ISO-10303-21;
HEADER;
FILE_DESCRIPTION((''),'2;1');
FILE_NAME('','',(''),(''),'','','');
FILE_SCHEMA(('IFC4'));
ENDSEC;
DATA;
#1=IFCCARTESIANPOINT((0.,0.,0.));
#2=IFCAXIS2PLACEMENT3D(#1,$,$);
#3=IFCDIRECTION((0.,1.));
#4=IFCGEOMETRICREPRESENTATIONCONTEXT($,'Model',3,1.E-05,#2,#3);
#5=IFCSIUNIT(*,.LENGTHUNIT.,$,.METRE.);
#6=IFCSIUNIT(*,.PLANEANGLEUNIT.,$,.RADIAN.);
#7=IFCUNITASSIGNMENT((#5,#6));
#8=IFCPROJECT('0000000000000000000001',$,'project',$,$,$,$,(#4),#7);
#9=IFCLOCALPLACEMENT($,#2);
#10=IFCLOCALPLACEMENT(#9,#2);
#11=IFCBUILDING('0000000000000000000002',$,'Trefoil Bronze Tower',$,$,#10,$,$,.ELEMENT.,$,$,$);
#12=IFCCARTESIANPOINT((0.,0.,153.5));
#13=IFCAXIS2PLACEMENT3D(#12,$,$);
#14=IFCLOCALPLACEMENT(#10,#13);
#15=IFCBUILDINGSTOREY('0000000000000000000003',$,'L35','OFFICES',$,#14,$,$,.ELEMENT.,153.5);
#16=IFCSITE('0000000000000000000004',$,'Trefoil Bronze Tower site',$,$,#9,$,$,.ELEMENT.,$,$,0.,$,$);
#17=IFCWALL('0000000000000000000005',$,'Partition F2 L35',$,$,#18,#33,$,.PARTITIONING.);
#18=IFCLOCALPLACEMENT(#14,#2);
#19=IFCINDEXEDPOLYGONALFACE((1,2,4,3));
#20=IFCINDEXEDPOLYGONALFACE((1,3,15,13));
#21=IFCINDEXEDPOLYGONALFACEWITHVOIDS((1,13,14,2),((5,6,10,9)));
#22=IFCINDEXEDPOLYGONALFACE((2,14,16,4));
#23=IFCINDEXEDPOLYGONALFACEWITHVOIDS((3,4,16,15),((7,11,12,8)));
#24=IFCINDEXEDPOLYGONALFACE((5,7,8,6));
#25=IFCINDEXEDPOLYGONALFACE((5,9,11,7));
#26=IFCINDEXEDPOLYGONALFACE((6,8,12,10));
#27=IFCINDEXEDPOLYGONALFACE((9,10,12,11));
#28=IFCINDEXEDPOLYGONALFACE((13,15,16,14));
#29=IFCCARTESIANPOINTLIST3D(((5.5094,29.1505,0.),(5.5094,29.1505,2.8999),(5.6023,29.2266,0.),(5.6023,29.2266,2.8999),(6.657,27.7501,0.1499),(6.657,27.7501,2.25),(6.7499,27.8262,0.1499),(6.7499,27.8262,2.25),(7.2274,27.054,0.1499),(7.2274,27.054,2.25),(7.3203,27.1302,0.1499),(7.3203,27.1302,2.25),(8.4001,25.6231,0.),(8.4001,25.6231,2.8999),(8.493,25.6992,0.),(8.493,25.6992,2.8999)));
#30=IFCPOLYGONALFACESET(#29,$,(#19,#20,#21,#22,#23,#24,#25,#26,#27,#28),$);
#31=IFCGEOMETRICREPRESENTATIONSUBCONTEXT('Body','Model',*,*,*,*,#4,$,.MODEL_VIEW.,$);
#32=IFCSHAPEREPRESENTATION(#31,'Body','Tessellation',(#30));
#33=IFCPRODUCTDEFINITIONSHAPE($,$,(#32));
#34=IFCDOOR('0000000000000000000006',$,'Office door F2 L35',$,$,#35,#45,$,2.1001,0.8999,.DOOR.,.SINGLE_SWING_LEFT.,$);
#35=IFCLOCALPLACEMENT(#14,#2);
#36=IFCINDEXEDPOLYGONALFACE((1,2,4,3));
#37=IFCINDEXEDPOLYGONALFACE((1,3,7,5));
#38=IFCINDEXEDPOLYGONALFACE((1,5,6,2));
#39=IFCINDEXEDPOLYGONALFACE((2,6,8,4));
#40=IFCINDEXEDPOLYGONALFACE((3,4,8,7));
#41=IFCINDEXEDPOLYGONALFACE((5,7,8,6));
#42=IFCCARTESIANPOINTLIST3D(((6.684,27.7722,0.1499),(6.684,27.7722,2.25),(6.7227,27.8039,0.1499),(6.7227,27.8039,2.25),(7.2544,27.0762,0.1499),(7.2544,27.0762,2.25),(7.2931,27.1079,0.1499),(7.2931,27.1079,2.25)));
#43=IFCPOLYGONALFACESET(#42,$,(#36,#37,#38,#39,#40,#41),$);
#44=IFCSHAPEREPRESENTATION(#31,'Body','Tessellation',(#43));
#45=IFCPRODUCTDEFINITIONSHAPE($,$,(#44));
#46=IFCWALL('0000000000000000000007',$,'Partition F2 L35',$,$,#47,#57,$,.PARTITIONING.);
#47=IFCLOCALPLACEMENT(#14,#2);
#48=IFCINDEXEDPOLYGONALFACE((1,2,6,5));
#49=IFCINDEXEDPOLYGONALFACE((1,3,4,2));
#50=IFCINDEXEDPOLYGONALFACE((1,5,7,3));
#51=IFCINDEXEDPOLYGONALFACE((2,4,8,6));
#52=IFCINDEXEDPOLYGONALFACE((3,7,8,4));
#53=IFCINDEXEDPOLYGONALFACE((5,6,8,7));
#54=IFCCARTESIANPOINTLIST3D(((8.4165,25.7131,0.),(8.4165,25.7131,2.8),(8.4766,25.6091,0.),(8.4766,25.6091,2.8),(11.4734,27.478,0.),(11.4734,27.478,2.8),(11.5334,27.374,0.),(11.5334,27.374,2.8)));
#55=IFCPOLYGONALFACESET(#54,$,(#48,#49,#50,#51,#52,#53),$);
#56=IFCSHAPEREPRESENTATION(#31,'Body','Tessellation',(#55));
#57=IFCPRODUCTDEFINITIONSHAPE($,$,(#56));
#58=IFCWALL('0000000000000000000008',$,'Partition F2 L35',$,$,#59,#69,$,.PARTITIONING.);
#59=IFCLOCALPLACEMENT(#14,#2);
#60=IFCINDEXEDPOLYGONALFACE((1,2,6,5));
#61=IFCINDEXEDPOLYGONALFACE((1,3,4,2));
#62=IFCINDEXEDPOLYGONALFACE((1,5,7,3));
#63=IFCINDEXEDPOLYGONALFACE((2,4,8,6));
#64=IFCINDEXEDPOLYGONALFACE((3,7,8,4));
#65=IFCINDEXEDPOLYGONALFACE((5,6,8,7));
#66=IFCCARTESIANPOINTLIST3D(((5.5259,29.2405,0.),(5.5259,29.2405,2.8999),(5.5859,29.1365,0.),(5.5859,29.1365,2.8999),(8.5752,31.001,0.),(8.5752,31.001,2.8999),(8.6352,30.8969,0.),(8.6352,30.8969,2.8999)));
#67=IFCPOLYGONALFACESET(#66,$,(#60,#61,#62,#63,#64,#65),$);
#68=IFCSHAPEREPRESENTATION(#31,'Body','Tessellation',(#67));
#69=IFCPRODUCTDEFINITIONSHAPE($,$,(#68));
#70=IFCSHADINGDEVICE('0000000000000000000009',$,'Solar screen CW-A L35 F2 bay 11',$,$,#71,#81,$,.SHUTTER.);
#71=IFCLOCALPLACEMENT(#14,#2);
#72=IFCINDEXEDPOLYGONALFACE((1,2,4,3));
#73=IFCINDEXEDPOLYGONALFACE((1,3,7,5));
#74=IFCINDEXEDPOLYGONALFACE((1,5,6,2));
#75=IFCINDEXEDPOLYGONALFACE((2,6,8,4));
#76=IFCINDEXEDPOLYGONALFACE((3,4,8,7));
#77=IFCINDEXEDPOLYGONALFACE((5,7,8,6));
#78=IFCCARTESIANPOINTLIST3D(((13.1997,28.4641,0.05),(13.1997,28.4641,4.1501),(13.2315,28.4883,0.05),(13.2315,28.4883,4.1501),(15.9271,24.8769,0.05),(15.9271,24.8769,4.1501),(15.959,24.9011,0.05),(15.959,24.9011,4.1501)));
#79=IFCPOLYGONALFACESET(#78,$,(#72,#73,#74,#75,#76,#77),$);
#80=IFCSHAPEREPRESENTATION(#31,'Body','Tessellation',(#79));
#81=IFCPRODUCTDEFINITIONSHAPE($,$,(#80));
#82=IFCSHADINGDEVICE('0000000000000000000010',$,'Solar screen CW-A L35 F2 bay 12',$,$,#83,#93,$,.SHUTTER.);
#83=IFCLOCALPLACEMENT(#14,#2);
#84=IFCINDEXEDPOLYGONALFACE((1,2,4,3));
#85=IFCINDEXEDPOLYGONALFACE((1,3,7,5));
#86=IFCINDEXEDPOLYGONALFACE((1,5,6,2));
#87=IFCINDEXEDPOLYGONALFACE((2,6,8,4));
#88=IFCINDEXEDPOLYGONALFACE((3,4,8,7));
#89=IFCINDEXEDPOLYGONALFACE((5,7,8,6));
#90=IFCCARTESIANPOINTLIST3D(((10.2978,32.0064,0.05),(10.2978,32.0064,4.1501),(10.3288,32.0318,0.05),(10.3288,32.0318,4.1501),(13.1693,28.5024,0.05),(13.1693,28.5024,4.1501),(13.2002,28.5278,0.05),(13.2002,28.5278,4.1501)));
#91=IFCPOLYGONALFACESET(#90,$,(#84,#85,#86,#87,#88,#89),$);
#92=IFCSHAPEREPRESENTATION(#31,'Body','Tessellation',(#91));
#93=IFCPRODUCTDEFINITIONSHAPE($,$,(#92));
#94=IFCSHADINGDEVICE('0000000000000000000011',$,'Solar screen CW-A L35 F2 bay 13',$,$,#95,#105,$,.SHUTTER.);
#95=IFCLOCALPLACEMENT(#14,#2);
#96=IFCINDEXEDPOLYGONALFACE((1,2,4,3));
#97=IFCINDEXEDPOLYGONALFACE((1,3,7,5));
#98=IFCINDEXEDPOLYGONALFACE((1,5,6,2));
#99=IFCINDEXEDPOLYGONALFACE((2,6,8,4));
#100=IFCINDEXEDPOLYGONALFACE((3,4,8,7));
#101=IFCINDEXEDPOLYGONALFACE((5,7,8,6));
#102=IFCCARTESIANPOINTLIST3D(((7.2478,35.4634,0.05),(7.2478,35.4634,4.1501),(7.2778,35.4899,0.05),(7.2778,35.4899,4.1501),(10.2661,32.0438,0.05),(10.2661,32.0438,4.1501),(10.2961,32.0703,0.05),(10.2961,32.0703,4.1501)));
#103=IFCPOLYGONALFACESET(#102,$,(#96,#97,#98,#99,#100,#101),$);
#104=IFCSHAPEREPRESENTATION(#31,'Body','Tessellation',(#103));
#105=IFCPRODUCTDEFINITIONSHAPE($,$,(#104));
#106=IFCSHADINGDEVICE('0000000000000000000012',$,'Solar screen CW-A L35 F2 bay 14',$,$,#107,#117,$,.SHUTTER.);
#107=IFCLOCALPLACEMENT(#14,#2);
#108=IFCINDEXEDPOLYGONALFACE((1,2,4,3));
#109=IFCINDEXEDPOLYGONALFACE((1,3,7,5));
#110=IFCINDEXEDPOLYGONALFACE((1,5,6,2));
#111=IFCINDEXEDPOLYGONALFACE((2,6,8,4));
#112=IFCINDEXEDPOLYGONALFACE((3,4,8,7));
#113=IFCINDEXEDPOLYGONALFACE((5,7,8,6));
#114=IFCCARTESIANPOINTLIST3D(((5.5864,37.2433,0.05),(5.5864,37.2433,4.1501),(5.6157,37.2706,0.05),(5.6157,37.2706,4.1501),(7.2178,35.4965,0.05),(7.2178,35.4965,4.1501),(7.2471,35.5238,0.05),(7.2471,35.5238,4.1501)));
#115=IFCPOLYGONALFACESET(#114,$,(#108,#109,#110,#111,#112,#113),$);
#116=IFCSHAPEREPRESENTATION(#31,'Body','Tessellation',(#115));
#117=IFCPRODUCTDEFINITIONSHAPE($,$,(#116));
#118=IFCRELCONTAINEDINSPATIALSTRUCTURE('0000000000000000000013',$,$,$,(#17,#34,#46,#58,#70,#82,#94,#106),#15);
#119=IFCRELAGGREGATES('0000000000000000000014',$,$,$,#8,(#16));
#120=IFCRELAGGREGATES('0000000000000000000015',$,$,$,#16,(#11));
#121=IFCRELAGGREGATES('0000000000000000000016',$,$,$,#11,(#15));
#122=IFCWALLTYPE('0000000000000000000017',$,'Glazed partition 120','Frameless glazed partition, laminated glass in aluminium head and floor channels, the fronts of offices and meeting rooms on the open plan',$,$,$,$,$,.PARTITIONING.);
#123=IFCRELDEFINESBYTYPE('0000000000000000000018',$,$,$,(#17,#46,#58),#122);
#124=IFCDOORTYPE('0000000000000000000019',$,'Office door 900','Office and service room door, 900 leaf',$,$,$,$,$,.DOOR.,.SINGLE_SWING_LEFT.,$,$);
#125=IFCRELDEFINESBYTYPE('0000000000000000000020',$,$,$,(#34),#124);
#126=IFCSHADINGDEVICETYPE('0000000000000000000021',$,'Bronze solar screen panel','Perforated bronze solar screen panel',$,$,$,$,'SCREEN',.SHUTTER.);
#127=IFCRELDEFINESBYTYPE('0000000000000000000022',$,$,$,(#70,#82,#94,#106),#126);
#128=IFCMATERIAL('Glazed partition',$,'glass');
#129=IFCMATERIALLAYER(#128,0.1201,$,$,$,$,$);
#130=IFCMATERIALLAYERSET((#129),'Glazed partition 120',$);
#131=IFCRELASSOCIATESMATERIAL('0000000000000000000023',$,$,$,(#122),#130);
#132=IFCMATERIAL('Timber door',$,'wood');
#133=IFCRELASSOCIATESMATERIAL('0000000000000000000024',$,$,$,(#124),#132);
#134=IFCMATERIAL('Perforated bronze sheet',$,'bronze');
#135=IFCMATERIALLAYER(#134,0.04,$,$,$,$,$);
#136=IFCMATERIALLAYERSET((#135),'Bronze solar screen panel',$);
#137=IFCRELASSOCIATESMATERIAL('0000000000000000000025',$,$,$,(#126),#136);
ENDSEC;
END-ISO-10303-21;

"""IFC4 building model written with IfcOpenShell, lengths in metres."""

from ifc_helpers import new_model, si_unit, direction, frame, frame_2d, origin, origin_2d, place, context, subcontext, project, spatial, rectangle, extrude, material, layer, layer_set, type_object, element, fill, save


model = new_model("IFC4")

# Units and contexts
model_context = context("Model", 3, precision=1e-05, world=origin(), true_north=direction((0.0, 1.0)))
body_context = subcontext(model_context, "Body", "Model", "MODEL_VIEW")
ifc_project = project(units=[si_unit("LENGTHUNIT", "METRE"), si_unit("PLANEANGLEUNIT", "RADIAN")], contexts=[model_context])

# Site, building, storey
site_placement = place(None, origin())
site = spatial("IfcSite", under=ifc_project, at=site_placement, Name="Trefoil Bronze Tower site", CompositionType="ELEMENT", RefElevation=0.0)
building_placement = place(site_placement, origin())
building = spatial("IfcBuilding", under=site, at=building_placement, Name="Trefoil Bronze Tower", CompositionType="ELEMENT")
storey_placement = place(building_placement, frame((0.0, 0.0, 153.5)))
storey = spatial("IfcBuildingStorey", under=building, at=storey_placement, Name="L35", Description="OFFICES", CompositionType="ELEMENT", Elevation=153.5)

# Wall, opening, door
ifc_material_1 = material(Name="Glazed partition", Category="glass")
ifc_layer_1 = layer(ifc_material_1, 0.1201)
ifc_layer_set_1 = layer_set([ifc_layer_1], Name="Glazed partition 120")
wall_type = type_object("IfcWallType", Name="Glazed partition 120", Description="Frameless glazed partition, laminated glass in aluminium head and floor channels, the fronts of offices and meeting rooms on the open plan", PredefinedType="PARTITIONING", material=ifc_layer_set_1)
wall_1_placement = place(storey_placement, frame((8.4465, 25.6611, 0.0), z_axis=(0.0, 0.0, 1.0), x_axis=(-0.633844, 0.773461, 0.0)))
wall_1 = element("IfcWall", 1, at=wall_1_placement, inside=storey, type_object=wall_type, Name="Partition F2 L35", PredefinedType="PARTITIONING", context=body_context, shape_type="SweptSolid", body=[
    extrude(rectangle(XDim=4.5605, YDim=0.1201, at=frame_2d((2.2803, 0.0))), origin(), (0.0, 0.0, 1.0), 2.8999),
])
opening_placement = place(wall_1_placement, frame((1.8501, 0.0, 0.1499)))
opening = element("IfcOpeningElement", 2, at=opening_placement, cuts=wall_1, PredefinedType="OPENING", context=body_context, shape_type="SweptSolid", body=[
    extrude(rectangle(XDim=0.8999, YDim=2.1001, at=frame_2d((0.45, 1.05))), frame((0.0, 0.0701, 0.0), z_axis=(0.0, -1.0, 0.0), x_axis=(1.0, 0.0, 0.0)), (0.0, 0.0, 1.0), 0.1401),
])
ifc_material_2 = material(Name="Timber door", Category="wood")
door_type = type_object("IfcDoorType", Name="Office door 900", Description="Office and service room door, 900 leaf", OperationType="SINGLE_SWING_LEFT", PredefinedType="DOOR", material=ifc_material_2)
door_placement = place(opening_placement, frame((0.8999, 0.0, 0.0), z_axis=(0.0, 0.0, 1.0), x_axis=(-1.0, 0.0, 0.0)))
door = element("IfcDoor", 3, at=door_placement, inside=storey, type_object=door_type, Name="Office door F2 L35", OperationType="SINGLE_SWING_LEFT", OverallHeight=2.1001, OverallWidth=0.8999, PredefinedType="DOOR", context=body_context, shape_type="SweptSolid", body=[
    extrude(rectangle(XDim=0.8999, YDim=2.1001, at=frame_2d((0.45, 1.05))), frame((0.0, 0.0249, 0.0), z_axis=(0.0, -1.0, 0.0), x_axis=(1.0, 0.0, 0.0)), (0.0, 0.0, 1.0), 0.05),
])
fill(opening, door)

# Walls
wall_2_placement = place(storey_placement, frame((8.4465, 25.6611, 0.0), z_axis=(0.0, 0.0, 1.0), x_axis=(0.866025, 0.5, 0.0)))
element("IfcWall", 4, at=wall_2_placement, inside=storey, type_object=wall_type, Name="Partition F2 L35", PredefinedType="PARTITIONING", context=body_context, shape_type="SweptSolid", body=[
    extrude(rectangle(XDim=3.5298, YDim=0.1201, at=frame_2d((1.7649, 0.0))), origin(), (0.0, 0.0, 1.0), 2.8),
])
wall_3_placement = place(storey_placement, frame((5.5559, 29.1885, 0.0), z_axis=(0.0, 0.0, 1.0), x_axis=(0.866029, 0.499995, 0.0)))
element("IfcWall", 5, at=wall_3_placement, inside=storey, type_object=wall_type, Name="Partition F2 L35", PredefinedType="PARTITIONING", context=body_context, shape_type="SweptSolid", body=[
    extrude(rectangle(XDim=3.521, YDim=0.1201, at=frame_2d((1.7605, 0.0))), origin(), (0.0, 0.0, 1.0), 2.8999),
])

# Shading devices
ifc_material_3 = material(Name="Perforated bronze sheet", Category="bronze")
ifc_layer_2 = layer(ifc_material_3, 0.04)
ifc_layer_set_2 = layer_set([ifc_layer_2], Name="Bronze solar screen panel")
shading_device_type = type_object("IfcShadingDeviceType", Name="Bronze solar screen panel", Description="Perforated bronze solar screen panel", ElementType="SCREEN", PredefinedType="SHUTTER", material=ifc_layer_set_2)
shading_device_1_placement = place(storey_placement, frame((14.5793, 26.6826, 0.05), z_axis=(0.0, 0.0, 1.0), x_axis=(-0.605252, 0.796034, 0.0)))
element("IfcShadingDevice", 6, at=shading_device_1_placement, inside=storey, type_object=shading_device_type, Name="Solar screen CW-A L35 F2 bay 11", PredefinedType="SHUTTER", context=body_context, shape_type="SweptSolid", body=[
    extrude(rectangle(XDim=4.5063, YDim=0.04, at=origin_2d()), origin(), (0.0, 0.0, 1.0), 4.1001),
])
shading_device_2_placement = place(storey_placement, frame((11.749, 30.2671, 0.05), z_axis=(0.0, 0.0, 1.0), x_axis=(-0.63384, 0.773464, 0.0)))
element("IfcShadingDevice", 7, at=shading_device_2_placement, inside=storey, type_object=shading_device_type, Name="Solar screen CW-A L35 F2 bay 12", PredefinedType="SHUTTER", context=body_context, shape_type="SweptSolid", body=[
    extrude(rectangle(XDim=4.5303, YDim=0.04, at=origin_2d()), origin(), (0.0, 0.0, 1.0), 4.1001),
])
shading_device_3_placement = place(storey_placement, frame((8.772, 33.7668, 0.05), z_axis=(0.0, 0.0, 1.0), x_axis=(-0.661751, 0.749723, 0.0)))
element("IfcShadingDevice", 8, at=shading_device_3_placement, inside=storey, type_object=shading_device_type, Name="Solar screen CW-A L35 F2 bay 13", PredefinedType="SHUTTER", context=body_context, shape_type="SweptSolid", body=[
    extrude(rectangle(XDim=4.561, YDim=0.04, at=origin_2d()), origin(), (0.0, 0.0, 1.0), 4.1001),
])
shading_device_4_placement = place(storey_placement, frame((6.4167, 36.3835, 0.05), z_axis=(0.0, 0.0, 1.0), x_axis=(-0.682536, 0.730852, 0.0)))
element("IfcShadingDevice", 9, at=shading_device_4_placement, inside=storey, type_object=shading_device_type, Name="Solar screen CW-A L35 F2 bay 14", PredefinedType="SHUTTER", context=body_context, shape_type="SweptSolid", body=[
    extrude(rectangle(XDim=2.3901, YDim=0.04, at=origin_2d()), origin(), (0.0, 0.0, 1.0), 4.1001),
])

save(model, "model.ifc")
